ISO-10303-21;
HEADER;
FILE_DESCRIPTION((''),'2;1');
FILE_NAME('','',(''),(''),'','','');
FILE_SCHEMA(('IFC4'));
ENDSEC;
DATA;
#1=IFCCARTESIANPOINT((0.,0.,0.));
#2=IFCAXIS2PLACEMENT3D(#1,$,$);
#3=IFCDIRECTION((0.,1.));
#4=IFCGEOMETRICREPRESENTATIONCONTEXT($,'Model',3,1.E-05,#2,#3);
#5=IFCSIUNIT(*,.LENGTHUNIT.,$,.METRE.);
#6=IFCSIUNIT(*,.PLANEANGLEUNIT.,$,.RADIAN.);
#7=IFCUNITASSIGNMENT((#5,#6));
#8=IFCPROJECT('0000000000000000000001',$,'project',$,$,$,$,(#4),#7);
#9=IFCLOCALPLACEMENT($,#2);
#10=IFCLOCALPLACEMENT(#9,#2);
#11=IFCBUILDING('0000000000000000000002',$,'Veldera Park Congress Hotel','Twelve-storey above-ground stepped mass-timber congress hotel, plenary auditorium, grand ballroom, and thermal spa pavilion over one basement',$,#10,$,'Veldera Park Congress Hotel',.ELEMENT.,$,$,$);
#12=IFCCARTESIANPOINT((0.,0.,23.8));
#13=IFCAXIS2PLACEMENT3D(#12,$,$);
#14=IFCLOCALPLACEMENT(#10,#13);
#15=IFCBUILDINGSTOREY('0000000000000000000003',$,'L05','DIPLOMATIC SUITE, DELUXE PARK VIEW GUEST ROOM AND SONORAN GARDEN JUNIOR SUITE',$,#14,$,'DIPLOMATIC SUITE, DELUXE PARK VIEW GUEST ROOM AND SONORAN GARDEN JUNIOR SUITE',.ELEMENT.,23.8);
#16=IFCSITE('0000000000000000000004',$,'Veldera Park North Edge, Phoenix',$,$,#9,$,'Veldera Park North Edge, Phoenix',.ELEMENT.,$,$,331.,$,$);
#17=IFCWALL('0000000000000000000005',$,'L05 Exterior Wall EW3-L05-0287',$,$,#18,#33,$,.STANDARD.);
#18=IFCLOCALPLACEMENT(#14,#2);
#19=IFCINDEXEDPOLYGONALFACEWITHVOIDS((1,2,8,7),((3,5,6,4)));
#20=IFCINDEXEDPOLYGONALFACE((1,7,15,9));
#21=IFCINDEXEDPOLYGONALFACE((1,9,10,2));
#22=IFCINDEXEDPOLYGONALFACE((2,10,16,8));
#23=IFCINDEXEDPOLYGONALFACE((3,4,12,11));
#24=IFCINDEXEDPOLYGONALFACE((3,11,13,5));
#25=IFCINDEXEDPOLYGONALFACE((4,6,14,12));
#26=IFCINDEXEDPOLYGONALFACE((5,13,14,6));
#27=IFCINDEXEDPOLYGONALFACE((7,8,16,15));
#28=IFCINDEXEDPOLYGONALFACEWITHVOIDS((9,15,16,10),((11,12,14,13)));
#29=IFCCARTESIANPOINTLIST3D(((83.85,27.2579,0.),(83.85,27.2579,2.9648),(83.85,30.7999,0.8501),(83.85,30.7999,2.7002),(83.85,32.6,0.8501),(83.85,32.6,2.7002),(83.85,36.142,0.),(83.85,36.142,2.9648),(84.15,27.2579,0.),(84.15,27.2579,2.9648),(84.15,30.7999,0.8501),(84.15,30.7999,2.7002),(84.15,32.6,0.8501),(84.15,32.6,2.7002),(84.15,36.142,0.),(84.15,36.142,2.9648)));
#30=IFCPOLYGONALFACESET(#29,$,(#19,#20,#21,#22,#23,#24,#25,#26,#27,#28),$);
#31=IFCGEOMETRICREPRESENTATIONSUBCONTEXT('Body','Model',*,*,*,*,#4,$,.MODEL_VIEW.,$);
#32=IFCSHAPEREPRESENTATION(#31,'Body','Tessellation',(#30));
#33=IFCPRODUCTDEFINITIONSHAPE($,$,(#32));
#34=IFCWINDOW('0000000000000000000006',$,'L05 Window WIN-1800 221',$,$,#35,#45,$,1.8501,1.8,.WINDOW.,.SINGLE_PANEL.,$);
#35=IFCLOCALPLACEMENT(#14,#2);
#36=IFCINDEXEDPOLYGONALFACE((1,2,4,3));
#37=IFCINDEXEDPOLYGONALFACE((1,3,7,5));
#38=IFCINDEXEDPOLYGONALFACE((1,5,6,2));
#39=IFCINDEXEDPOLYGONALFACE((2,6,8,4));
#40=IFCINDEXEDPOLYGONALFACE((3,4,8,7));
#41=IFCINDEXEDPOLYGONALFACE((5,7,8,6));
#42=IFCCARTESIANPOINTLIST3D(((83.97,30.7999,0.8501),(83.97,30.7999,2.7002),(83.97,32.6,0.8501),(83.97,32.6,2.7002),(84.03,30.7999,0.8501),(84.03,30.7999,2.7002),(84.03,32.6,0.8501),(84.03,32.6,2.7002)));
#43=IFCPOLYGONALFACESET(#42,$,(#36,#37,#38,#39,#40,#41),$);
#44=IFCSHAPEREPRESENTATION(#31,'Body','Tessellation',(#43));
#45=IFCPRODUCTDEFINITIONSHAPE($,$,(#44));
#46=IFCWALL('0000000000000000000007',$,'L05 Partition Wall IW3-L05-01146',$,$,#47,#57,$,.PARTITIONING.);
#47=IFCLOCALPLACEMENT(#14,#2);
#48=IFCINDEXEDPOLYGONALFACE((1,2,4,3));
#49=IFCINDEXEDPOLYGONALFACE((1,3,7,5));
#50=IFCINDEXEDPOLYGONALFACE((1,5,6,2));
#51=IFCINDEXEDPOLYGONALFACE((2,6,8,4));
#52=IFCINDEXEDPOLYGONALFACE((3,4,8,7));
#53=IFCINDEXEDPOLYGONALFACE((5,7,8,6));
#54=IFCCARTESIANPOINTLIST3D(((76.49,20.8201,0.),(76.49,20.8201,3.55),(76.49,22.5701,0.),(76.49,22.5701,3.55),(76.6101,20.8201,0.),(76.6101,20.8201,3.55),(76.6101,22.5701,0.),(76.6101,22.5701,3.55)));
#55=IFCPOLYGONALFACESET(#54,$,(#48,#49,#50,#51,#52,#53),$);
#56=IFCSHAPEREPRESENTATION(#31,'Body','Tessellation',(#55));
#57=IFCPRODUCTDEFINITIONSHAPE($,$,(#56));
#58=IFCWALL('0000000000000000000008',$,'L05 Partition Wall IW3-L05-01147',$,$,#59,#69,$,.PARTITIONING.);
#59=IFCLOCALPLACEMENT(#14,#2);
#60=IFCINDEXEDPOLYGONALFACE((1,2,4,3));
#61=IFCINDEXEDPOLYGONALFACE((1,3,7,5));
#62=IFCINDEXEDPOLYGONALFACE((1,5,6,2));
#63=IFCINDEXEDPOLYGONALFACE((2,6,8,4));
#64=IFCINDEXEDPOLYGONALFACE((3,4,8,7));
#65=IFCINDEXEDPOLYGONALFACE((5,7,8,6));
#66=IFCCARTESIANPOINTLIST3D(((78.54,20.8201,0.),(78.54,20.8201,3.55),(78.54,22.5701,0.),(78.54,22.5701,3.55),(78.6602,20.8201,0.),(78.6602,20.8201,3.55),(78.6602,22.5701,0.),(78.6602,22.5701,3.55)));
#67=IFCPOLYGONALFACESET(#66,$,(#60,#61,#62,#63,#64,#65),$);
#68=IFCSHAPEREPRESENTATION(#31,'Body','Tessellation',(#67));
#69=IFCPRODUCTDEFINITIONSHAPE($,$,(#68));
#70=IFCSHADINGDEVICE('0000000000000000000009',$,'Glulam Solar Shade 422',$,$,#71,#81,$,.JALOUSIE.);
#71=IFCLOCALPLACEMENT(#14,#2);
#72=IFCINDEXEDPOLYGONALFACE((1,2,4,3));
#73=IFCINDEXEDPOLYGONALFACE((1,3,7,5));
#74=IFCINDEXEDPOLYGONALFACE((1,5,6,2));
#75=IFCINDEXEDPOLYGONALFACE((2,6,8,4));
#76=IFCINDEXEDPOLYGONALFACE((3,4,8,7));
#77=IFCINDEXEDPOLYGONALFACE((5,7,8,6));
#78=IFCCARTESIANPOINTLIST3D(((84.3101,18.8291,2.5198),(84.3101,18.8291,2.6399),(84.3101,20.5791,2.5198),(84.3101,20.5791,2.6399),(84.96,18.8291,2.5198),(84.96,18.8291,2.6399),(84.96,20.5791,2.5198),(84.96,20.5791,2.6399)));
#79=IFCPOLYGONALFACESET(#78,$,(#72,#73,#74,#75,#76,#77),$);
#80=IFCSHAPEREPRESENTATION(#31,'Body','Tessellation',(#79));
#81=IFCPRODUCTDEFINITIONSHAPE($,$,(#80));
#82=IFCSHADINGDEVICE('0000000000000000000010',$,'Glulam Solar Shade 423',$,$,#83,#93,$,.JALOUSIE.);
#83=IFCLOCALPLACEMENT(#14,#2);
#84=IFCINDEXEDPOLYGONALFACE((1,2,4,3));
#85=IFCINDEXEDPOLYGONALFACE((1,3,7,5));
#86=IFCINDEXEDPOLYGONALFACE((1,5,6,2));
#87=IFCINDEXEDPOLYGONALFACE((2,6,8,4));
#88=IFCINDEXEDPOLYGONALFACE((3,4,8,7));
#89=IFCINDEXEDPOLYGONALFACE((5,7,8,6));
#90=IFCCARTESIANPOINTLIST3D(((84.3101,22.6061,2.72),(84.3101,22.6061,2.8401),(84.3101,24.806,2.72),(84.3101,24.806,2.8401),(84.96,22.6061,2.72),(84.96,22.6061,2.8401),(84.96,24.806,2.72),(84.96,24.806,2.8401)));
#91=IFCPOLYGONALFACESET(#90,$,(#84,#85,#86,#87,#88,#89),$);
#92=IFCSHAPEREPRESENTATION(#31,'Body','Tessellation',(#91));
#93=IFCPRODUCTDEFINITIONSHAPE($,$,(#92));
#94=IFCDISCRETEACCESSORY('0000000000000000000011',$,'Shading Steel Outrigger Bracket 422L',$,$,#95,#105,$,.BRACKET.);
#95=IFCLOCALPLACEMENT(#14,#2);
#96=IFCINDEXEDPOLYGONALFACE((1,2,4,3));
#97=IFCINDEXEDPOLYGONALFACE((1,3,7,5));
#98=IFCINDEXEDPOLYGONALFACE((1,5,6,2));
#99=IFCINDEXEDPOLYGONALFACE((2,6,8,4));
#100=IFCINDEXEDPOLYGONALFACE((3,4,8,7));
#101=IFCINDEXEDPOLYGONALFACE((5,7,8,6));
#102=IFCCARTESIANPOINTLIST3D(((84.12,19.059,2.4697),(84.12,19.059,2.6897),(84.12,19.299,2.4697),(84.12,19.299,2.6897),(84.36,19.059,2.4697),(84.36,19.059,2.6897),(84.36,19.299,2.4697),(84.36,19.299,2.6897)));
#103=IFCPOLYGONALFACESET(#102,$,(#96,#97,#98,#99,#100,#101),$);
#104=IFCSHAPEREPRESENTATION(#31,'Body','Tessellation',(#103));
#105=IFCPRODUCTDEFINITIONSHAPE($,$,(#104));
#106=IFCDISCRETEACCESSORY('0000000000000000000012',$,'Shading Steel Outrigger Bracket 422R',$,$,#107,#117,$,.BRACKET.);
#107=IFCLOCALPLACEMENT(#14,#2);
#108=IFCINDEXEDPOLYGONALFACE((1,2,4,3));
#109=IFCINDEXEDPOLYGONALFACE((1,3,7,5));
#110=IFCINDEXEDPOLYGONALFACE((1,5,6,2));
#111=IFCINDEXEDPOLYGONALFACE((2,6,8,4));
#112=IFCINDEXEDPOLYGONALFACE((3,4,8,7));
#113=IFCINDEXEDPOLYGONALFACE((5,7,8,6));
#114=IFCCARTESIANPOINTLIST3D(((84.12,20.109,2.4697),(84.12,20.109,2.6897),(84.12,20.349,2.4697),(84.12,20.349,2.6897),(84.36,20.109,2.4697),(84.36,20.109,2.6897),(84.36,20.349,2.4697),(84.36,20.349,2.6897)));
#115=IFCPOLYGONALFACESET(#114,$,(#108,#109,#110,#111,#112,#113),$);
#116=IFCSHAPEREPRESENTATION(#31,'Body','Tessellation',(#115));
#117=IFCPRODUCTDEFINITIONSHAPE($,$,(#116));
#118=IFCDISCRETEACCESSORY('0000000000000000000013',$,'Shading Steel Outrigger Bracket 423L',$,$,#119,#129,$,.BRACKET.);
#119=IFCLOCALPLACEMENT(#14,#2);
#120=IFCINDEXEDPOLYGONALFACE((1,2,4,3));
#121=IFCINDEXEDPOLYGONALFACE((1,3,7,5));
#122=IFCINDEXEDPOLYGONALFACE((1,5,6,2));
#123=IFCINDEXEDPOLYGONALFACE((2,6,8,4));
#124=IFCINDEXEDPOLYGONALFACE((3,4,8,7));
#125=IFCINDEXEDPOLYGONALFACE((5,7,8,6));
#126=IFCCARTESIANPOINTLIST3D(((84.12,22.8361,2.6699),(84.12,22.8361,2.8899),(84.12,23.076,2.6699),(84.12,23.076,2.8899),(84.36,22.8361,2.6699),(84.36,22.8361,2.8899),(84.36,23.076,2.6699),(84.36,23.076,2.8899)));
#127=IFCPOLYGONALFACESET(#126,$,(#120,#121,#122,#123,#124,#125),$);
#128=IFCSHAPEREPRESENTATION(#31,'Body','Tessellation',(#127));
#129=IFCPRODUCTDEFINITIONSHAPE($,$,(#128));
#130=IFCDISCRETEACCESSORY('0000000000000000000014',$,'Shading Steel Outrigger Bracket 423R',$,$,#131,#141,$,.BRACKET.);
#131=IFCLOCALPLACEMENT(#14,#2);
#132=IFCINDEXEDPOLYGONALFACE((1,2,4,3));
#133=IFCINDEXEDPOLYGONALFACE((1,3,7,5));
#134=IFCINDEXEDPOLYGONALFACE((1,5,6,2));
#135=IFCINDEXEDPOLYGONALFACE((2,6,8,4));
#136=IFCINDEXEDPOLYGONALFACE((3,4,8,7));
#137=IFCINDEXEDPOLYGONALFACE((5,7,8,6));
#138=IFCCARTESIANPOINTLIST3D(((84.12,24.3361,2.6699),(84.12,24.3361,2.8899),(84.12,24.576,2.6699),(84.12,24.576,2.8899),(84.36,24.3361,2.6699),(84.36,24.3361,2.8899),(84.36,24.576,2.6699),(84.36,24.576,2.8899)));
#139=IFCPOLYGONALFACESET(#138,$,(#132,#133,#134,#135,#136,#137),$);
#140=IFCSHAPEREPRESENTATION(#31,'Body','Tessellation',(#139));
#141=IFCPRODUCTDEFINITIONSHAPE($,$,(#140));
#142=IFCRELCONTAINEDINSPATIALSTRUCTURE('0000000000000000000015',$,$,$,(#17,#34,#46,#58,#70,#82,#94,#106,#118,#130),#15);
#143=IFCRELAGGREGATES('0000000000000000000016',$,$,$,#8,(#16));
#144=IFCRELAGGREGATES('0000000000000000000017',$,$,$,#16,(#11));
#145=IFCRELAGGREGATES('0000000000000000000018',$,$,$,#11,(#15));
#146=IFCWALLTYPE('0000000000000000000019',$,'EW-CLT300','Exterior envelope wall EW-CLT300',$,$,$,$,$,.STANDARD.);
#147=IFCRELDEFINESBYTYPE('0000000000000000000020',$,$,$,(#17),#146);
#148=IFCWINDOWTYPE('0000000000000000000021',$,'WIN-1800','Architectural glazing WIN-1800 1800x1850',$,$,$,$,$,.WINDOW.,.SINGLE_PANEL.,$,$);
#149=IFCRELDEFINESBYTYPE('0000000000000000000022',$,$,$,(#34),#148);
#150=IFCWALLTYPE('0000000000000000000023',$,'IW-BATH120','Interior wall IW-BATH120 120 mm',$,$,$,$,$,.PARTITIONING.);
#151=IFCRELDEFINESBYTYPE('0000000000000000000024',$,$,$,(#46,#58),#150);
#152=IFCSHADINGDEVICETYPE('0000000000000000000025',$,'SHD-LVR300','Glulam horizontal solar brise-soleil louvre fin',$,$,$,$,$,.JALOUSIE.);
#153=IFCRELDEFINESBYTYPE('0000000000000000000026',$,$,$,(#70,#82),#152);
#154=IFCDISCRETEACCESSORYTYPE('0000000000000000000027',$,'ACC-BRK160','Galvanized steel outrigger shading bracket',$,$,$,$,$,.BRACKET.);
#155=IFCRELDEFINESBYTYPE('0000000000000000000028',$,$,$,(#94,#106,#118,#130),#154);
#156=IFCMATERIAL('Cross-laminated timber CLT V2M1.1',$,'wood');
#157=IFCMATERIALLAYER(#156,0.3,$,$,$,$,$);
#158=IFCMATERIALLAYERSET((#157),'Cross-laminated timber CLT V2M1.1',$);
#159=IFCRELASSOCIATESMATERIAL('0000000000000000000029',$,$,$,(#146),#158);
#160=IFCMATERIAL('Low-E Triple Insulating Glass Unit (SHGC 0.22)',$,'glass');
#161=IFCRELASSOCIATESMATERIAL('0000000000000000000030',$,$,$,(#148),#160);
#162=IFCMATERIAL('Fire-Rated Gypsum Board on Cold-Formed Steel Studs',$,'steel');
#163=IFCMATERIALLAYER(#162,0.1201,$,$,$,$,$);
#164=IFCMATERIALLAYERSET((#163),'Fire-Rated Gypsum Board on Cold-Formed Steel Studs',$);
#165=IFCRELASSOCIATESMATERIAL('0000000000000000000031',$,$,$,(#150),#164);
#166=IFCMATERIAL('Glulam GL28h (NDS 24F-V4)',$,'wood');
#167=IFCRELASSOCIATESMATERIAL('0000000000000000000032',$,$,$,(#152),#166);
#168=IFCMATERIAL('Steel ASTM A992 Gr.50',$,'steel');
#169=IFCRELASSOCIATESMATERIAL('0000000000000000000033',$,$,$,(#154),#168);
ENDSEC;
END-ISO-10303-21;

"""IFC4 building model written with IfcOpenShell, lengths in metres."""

from ifc_helpers import new_model, si_unit, direction, frame, frame_2d, origin, origin_2d, place, context, subcontext, project, spatial, rectangle, extrude, material, layer, layer_set, type_object, element, fill, save


model = new_model("IFC4")

# Units and contexts
model_context = context("Model", 3, precision=1e-05, world=origin(), true_north=direction((0.0, 1.0)))
body_context = subcontext(model_context, "Body", "Model", "MODEL_VIEW")
ifc_project = project(units=[si_unit("LENGTHUNIT", "METRE"), si_unit("PLANEANGLEUNIT", "RADIAN")], contexts=[model_context])

# Site, building, storey
site_placement = place(None, origin())
site = spatial("IfcSite", under=ifc_project, at=site_placement, Name="Veldera Park North Edge, Phoenix", LongName="Veldera Park North Edge, Phoenix", CompositionType="ELEMENT", RefElevation=331.0)
building_placement = place(site_placement, origin())
building = spatial("IfcBuilding", under=site, at=building_placement, Name="Veldera Park Congress Hotel", Description="Twelve-storey above-ground stepped mass-timber congress hotel, plenary auditorium, grand ballroom, and thermal spa pavilion over one basement", LongName="Veldera Park Congress Hotel", CompositionType="ELEMENT")
storey_placement = place(building_placement, frame((0.0, 0.0, 23.8)))
storey = spatial("IfcBuildingStorey", under=building, at=storey_placement, Name="L05", Description="DIPLOMATIC SUITE, DELUXE PARK VIEW GUEST ROOM AND SONORAN GARDEN JUNIOR SUITE", LongName="DIPLOMATIC SUITE, DELUXE PARK VIEW GUEST ROOM AND SONORAN GARDEN JUNIOR SUITE", CompositionType="ELEMENT", Elevation=23.8)

# Shared definitions
ifc_material_1 = material(Name="Glulam GL28h (NDS 24F-V4)", Category="wood")

# Shared definitions
ifc_material_2 = material(Name="Cross-laminated timber CLT V2M1.1", Category="wood")
ifc_layer_1 = layer(ifc_material_2, 0.3)
ifc_layer_set_1 = layer_set([ifc_layer_1], Name="Cross-laminated timber CLT V2M1.1")
wall_type_1 = type_object("IfcWallType", Name="EW-CLT300", Description="Exterior envelope wall EW-CLT300", PredefinedType="STANDARD", material=ifc_layer_set_1)
ifc_material_3 = material(Name="Low-E Triple Insulating Glass Unit (SHGC 0.22)", Category="glass")
window_type_1 = type_object("IfcWindowType", Name="WIN-1800", Description="Architectural glazing WIN-1800 1800x1850", PartitioningType="SINGLE_PANEL", PredefinedType="WINDOW", material=ifc_material_3)

# Wall, opening, window
wall_1_placement = place(storey_placement, frame((84.0, 27.2581, 0.0), z_axis=(0.0, 0.0, 1.0), x_axis=(0.0, 1.0, 0.0)))
wall_1 = element("IfcWall", 1, at=wall_1_placement, inside=storey, type_object=wall_type_1, Name="L05 Exterior Wall EW3-L05-0287", PredefinedType="STANDARD", context=body_context, shape_type="SweptSolid", body=[
    extrude(rectangle(XDim=8.884, YDim=0.3, at=frame_2d((4.4419, 0.0))), origin(), (0.0, 0.0, 1.0), 2.9648),
])
opening_1_placement = place(wall_1_placement, frame((3.542, 0.0, 0.8501)))
opening_1 = element("IfcOpeningElement", 2, at=opening_1_placement, cuts=wall_1, PredefinedType="OPENING", context=body_context, shape_type="SweptSolid", body=[
    extrude(rectangle(XDim=1.8, YDim=1.8501, at=frame_2d((0.8999, 0.925))), frame((0.0, 0.1621, 0.0), z_axis=(0.0, -1.0, 0.0), x_axis=(1.0, 0.0, 0.0)), (0.0, 0.0, 1.0), 0.324),
])
window_1_placement = place(opening_1_placement, origin())
window_1 = element("IfcWindow", 3, at=window_1_placement, inside=storey, type_object=window_type_1, Name="L05 Window WIN-1800 221", OverallHeight=1.8501, OverallWidth=1.8, PartitioningType="SINGLE_PANEL", PredefinedType="WINDOW", context=body_context, shape_type="SweptSolid", body=[
    extrude(rectangle(XDim=1.8, YDim=1.8501, at=frame_2d((0.8999, 0.925))), frame((0.0, 0.03, 0.0), z_axis=(0.0, -1.0, 0.0), x_axis=(1.0, 0.0, 0.0)), (0.0, 0.0, 1.0), 0.0601),
])
fill(opening_1, window_1)

# Shared definitions
ifc_material_4 = material(Name="Fire-Rated Gypsum Board on Cold-Formed Steel Studs", Category="steel")
ifc_layer_2 = layer(ifc_material_4, 0.1201)
ifc_layer_set_2 = layer_set([ifc_layer_2], Name="Fire-Rated Gypsum Board on Cold-Formed Steel Studs")
wall_type_2 = type_object("IfcWallType", Name="IW-BATH120", Description="Interior wall IW-BATH120 120 mm", PredefinedType="PARTITIONING", material=ifc_layer_set_2)

# Walls
for number, where, z_axis, x_axis, name in (
    (4, (76.55, 20.8201, 0.0), (0.0, 0.0, 1.0), (0.0, 1.0, 0.0), "L05 Partition Wall IW3-L05-01146"),
    (5, (78.6001, 20.8201, 0.0), (0.0, 0.0, 1.0), (0.0, 1.0, 0.0), "L05 Partition Wall IW3-L05-01147"),
):
    element("IfcWall", number, at=place(storey_placement, frame(where, z_axis=z_axis, x_axis=x_axis)), inside=storey, type_object=wall_type_2, Name=name, PredefinedType="PARTITIONING", context=body_context, shape_type="SweptSolid", body=[
        extrude(rectangle(XDim=1.75, YDim=0.1201, at=frame_2d((0.875, 0.0))), origin(), (0.0, 0.0, 1.0), 3.55),
    ])

# Shading devices
shading_device_type = type_object("IfcShadingDeviceType", Name="SHD-LVR300", Description="Glulam horizontal solar brise-soleil louvre fin", PredefinedType="JALOUSIE", material=ifc_material_1)
shading_device_1_placement = place(storey_placement, frame((84.635, 19.7041, 2.5198), z_axis=(0.0, 0.0, 1.0), x_axis=(0.0, 1.0, 0.0)))
element("IfcShadingDevice", 6, at=shading_device_1_placement, inside=storey, type_object=shading_device_type, Name="Glulam Solar Shade 422", PredefinedType="JALOUSIE", context=body_context, shape_type="SweptSolid", body=[
    extrude(rectangle(XDim=1.75, YDim=0.6499, at=origin_2d()), origin(), (0.0, 0.0, 1.0), 0.1201),
])
shading_device_2_placement = place(storey_placement, frame((84.635, 23.7061, 2.72), z_axis=(0.0, 0.0, 1.0), x_axis=(0.0, 1.0, 0.0)))
element("IfcShadingDevice", 7, at=shading_device_2_placement, inside=storey, type_object=shading_device_type, Name="Glulam Solar Shade 423", PredefinedType="JALOUSIE", context=body_context, shape_type="SweptSolid", body=[
    extrude(rectangle(XDim=2.2, YDim=0.6499, at=origin_2d()), origin(), (0.0, 0.0, 1.0), 0.1201),
])

# Discrete accessories
ifc_material_5 = material(Name="Steel ASTM A992 Gr.50", Category="steel")
discrete_accessory_type = type_object("IfcDiscreteAccessoryType", Name="ACC-BRK160", Description="Galvanized steel outrigger shading bracket", PredefinedType="BRACKET", material=ifc_material_5)
for number, where, z_axis, x_axis, name in (
    (8, (84.24, 19.179, 2.4697), (0.0, 0.0, 1.0), (0.0, 1.0, 0.0), "Shading Steel Outrigger Bracket 422L"),
    (9, (84.24, 20.229, 2.4697), (0.0, 0.0, 1.0), (0.0, 1.0, 0.0), "Shading Steel Outrigger Bracket 422R"),
    (10, (84.24, 22.9561, 2.6699), (0.0, 0.0, 1.0), (0.0, 1.0, 0.0), "Shading Steel Outrigger Bracket 423L"),
    (11, (84.24, 24.4561, 2.6699), (0.0, 0.0, 1.0), (0.0, 1.0, 0.0), "Shading Steel Outrigger Bracket 423R"),
):
    element("IfcDiscreteAccessory", number, at=place(storey_placement, frame(where, z_axis=z_axis, x_axis=x_axis)), inside=storey, type_object=discrete_accessory_type, Name=name, PredefinedType="BRACKET", context=body_context, shape_type="SweptSolid", body=[
        extrude(rectangle(XDim=0.24, YDim=0.24, at=origin_2d()), origin(), (0.0, 0.0, 1.0), 0.22),
    ])

save(model, "model.ifc")
